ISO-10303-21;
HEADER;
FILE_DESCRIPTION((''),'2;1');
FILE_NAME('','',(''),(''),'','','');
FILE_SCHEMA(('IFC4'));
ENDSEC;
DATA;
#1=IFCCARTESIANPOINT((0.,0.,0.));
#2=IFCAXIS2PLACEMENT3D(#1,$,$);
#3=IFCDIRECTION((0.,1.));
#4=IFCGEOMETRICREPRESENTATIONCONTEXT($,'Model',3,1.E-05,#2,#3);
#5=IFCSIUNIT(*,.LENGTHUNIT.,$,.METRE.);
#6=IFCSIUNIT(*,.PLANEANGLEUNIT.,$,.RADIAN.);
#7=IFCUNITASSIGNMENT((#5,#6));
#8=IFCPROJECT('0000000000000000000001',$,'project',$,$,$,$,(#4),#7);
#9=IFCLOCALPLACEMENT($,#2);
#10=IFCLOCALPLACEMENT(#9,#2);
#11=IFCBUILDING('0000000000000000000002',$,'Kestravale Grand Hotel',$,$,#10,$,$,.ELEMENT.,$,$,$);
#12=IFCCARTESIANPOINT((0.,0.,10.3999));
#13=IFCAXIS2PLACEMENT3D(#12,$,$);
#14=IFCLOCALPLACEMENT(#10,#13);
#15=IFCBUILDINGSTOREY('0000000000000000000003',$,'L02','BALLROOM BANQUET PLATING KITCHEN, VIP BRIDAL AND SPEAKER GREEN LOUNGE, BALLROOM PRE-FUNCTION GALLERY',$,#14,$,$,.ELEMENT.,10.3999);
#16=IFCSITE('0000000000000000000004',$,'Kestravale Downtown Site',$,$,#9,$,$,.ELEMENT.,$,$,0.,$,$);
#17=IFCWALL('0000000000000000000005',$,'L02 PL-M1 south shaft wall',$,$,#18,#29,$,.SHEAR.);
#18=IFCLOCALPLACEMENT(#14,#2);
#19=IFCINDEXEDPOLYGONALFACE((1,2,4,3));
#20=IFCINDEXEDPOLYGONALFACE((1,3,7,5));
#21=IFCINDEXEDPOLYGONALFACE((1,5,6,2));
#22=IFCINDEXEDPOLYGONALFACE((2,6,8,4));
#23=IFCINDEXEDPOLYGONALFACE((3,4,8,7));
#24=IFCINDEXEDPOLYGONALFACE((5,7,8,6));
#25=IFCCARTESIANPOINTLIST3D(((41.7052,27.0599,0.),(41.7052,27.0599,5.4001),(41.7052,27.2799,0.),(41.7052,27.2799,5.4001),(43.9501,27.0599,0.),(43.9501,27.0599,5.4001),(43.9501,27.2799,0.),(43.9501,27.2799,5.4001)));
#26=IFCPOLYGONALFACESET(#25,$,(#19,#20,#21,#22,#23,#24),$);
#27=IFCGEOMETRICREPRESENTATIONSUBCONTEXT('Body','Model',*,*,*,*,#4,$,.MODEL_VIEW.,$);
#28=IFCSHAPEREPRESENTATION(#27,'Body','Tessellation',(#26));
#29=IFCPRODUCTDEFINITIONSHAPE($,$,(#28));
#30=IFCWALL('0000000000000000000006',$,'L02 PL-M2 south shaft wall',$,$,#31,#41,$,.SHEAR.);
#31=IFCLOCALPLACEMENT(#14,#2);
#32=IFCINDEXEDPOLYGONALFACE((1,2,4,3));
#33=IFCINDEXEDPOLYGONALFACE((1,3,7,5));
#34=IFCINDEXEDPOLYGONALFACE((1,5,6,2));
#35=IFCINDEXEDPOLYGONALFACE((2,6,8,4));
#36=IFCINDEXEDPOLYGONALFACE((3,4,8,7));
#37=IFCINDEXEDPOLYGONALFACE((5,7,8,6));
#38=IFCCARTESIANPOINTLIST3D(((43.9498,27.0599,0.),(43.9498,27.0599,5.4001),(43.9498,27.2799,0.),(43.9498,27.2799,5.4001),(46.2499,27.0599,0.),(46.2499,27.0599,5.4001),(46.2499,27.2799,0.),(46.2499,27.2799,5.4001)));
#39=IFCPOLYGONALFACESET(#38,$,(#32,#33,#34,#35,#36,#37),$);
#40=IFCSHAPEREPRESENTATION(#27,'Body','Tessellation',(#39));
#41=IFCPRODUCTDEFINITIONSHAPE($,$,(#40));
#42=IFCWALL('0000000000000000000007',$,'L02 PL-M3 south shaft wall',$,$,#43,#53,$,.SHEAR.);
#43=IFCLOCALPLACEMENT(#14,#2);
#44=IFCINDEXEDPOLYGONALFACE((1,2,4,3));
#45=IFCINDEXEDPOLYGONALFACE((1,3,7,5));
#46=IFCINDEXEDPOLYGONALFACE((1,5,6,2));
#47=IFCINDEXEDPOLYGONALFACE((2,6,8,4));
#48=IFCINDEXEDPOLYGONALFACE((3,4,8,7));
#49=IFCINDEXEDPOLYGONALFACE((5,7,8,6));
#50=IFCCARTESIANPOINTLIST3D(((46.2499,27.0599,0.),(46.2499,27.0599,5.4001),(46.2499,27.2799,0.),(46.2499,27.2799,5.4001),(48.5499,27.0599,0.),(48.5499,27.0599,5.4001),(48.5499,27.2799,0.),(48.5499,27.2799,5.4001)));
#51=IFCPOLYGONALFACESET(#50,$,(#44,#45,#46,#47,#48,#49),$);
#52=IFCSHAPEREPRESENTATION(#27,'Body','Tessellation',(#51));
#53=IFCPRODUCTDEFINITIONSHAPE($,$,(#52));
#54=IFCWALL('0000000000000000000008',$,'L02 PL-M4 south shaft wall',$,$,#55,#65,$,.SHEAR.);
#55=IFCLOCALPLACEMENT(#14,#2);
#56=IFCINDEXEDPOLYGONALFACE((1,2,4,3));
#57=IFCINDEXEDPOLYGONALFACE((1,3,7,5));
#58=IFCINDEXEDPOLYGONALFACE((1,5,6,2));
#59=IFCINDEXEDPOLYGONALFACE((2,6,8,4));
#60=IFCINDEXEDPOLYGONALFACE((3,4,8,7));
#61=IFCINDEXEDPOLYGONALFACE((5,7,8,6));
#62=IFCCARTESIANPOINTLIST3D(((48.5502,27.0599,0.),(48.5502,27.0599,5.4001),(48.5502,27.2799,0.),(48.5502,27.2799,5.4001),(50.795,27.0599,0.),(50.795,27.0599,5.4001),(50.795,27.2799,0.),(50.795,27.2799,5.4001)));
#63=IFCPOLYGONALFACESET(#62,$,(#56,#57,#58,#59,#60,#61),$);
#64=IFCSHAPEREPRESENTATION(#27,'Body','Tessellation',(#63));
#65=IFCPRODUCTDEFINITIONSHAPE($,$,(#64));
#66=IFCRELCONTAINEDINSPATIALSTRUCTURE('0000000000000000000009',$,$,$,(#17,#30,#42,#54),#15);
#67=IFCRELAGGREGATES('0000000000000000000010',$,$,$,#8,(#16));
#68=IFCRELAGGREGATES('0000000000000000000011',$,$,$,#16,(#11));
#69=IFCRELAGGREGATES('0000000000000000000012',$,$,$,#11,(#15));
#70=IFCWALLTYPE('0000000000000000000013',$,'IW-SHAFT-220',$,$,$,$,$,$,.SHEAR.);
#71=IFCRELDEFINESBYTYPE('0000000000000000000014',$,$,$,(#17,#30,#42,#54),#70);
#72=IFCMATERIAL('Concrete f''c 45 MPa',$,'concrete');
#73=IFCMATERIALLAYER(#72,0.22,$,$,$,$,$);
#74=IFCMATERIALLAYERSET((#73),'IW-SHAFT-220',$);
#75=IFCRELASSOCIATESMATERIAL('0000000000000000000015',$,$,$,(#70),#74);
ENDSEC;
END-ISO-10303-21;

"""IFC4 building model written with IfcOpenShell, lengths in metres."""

from ifc_helpers import new_model, si_unit, direction, frame, frame_2d, origin, place, context, subcontext, project, spatial, rectangle, extrude, material, layer, layer_set, type_object, element, save


model = new_model("IFC4")

# Units and contexts
model_context = context("Model", 3, precision=1e-05, world=origin(), true_north=direction((0.0, 1.0)))
body_context = subcontext(model_context, "Body", "Model", "MODEL_VIEW")
ifc_project = project(units=[si_unit("LENGTHUNIT", "METRE"), si_unit("PLANEANGLEUNIT", "RADIAN")], contexts=[model_context])

# Site, building, storey
site_placement = place(None, origin())
site = spatial("IfcSite", under=ifc_project, at=site_placement, Name="Kestravale Downtown Site", CompositionType="ELEMENT", RefElevation=0.0)
building_placement = place(site_placement, origin())
building = spatial("IfcBuilding", under=site, at=building_placement, Name="Kestravale Grand Hotel", CompositionType="ELEMENT")
storey_placement = place(building_placement, frame((0.0, 0.0, 10.3999)))
storey = spatial("IfcBuildingStorey", under=building, at=storey_placement, Name="L02", Description="BALLROOM BANQUET PLATING KITCHEN, VIP BRIDAL AND SPEAKER GREEN LOUNGE, BALLROOM PRE-FUNCTION GALLERY", CompositionType="ELEMENT", Elevation=10.3999)

# Walls
ifc_material_1 = material(Name="Concrete f'c 45 MPa", Category="concrete")
ifc_layer_1 = layer(ifc_material_1, 0.22)
ifc_layer_set_1 = layer_set([ifc_layer_1], Name="IW-SHAFT-220")
wall_type_1 = type_object("IfcWallType", Name="IW-SHAFT-220", PredefinedType="SHEAR", material=ifc_layer_set_1)
wall_1_placement = place(storey_placement, frame((41.7051, 27.1699, 0.0), z_axis=(0.0, 0.0, 1.0), x_axis=(1.0, 0.0, 0.0)))
element("IfcWall", 1, at=wall_1_placement, inside=storey, type_object=wall_type_1, Name="L02 PL-M1 south shaft wall", PredefinedType="SHEAR", context=body_context, shape_type="SweptSolid", body=[
    extrude(rectangle(XDim=2.2449, YDim=0.22, at=frame_2d((1.1226, 0.0))), origin(), (0.0, 0.0, 1.0), 5.4001),
])
for number, where, z_axis, x_axis, name in (
    (2, (43.95, 27.1699, 0.0), (0.0, 0.0, 1.0), (1.0, 0.0, 0.0), "L02 PL-M2 south shaft wall"),
    (3, (46.25, 27.1699, 0.0), (0.0, 0.0, 1.0), (1.0, 0.0, 0.0), "L02 PL-M3 south shaft wall"),
):
    element("IfcWall", number, at=place(storey_placement, frame(where, z_axis=z_axis, x_axis=x_axis)), inside=storey, type_object=wall_type_1, Name=name, PredefinedType="SHEAR", context=body_context, shape_type="SweptSolid", body=[
        extrude(rectangle(XDim=2.3, YDim=0.22, at=frame_2d((1.1499, 0.0))), origin(), (0.0, 0.0, 1.0), 5.4001),
    ])
wall_2_placement = place(storey_placement, frame((48.55, 27.1699, 0.0), z_axis=(0.0, 0.0, 1.0), x_axis=(1.0, 0.0, 0.0)))
element("IfcWall", 4, at=wall_2_placement, inside=storey, type_object=wall_type_1, Name="L02 PL-M4 south shaft wall", PredefinedType="SHEAR", context=body_context, shape_type="SweptSolid", body=[
    extrude(rectangle(XDim=2.2449, YDim=0.22, at=frame_2d((1.1226, 0.0))), origin(), (0.0, 0.0, 1.0), 5.4001),
])

save(model, "model.ifc")
